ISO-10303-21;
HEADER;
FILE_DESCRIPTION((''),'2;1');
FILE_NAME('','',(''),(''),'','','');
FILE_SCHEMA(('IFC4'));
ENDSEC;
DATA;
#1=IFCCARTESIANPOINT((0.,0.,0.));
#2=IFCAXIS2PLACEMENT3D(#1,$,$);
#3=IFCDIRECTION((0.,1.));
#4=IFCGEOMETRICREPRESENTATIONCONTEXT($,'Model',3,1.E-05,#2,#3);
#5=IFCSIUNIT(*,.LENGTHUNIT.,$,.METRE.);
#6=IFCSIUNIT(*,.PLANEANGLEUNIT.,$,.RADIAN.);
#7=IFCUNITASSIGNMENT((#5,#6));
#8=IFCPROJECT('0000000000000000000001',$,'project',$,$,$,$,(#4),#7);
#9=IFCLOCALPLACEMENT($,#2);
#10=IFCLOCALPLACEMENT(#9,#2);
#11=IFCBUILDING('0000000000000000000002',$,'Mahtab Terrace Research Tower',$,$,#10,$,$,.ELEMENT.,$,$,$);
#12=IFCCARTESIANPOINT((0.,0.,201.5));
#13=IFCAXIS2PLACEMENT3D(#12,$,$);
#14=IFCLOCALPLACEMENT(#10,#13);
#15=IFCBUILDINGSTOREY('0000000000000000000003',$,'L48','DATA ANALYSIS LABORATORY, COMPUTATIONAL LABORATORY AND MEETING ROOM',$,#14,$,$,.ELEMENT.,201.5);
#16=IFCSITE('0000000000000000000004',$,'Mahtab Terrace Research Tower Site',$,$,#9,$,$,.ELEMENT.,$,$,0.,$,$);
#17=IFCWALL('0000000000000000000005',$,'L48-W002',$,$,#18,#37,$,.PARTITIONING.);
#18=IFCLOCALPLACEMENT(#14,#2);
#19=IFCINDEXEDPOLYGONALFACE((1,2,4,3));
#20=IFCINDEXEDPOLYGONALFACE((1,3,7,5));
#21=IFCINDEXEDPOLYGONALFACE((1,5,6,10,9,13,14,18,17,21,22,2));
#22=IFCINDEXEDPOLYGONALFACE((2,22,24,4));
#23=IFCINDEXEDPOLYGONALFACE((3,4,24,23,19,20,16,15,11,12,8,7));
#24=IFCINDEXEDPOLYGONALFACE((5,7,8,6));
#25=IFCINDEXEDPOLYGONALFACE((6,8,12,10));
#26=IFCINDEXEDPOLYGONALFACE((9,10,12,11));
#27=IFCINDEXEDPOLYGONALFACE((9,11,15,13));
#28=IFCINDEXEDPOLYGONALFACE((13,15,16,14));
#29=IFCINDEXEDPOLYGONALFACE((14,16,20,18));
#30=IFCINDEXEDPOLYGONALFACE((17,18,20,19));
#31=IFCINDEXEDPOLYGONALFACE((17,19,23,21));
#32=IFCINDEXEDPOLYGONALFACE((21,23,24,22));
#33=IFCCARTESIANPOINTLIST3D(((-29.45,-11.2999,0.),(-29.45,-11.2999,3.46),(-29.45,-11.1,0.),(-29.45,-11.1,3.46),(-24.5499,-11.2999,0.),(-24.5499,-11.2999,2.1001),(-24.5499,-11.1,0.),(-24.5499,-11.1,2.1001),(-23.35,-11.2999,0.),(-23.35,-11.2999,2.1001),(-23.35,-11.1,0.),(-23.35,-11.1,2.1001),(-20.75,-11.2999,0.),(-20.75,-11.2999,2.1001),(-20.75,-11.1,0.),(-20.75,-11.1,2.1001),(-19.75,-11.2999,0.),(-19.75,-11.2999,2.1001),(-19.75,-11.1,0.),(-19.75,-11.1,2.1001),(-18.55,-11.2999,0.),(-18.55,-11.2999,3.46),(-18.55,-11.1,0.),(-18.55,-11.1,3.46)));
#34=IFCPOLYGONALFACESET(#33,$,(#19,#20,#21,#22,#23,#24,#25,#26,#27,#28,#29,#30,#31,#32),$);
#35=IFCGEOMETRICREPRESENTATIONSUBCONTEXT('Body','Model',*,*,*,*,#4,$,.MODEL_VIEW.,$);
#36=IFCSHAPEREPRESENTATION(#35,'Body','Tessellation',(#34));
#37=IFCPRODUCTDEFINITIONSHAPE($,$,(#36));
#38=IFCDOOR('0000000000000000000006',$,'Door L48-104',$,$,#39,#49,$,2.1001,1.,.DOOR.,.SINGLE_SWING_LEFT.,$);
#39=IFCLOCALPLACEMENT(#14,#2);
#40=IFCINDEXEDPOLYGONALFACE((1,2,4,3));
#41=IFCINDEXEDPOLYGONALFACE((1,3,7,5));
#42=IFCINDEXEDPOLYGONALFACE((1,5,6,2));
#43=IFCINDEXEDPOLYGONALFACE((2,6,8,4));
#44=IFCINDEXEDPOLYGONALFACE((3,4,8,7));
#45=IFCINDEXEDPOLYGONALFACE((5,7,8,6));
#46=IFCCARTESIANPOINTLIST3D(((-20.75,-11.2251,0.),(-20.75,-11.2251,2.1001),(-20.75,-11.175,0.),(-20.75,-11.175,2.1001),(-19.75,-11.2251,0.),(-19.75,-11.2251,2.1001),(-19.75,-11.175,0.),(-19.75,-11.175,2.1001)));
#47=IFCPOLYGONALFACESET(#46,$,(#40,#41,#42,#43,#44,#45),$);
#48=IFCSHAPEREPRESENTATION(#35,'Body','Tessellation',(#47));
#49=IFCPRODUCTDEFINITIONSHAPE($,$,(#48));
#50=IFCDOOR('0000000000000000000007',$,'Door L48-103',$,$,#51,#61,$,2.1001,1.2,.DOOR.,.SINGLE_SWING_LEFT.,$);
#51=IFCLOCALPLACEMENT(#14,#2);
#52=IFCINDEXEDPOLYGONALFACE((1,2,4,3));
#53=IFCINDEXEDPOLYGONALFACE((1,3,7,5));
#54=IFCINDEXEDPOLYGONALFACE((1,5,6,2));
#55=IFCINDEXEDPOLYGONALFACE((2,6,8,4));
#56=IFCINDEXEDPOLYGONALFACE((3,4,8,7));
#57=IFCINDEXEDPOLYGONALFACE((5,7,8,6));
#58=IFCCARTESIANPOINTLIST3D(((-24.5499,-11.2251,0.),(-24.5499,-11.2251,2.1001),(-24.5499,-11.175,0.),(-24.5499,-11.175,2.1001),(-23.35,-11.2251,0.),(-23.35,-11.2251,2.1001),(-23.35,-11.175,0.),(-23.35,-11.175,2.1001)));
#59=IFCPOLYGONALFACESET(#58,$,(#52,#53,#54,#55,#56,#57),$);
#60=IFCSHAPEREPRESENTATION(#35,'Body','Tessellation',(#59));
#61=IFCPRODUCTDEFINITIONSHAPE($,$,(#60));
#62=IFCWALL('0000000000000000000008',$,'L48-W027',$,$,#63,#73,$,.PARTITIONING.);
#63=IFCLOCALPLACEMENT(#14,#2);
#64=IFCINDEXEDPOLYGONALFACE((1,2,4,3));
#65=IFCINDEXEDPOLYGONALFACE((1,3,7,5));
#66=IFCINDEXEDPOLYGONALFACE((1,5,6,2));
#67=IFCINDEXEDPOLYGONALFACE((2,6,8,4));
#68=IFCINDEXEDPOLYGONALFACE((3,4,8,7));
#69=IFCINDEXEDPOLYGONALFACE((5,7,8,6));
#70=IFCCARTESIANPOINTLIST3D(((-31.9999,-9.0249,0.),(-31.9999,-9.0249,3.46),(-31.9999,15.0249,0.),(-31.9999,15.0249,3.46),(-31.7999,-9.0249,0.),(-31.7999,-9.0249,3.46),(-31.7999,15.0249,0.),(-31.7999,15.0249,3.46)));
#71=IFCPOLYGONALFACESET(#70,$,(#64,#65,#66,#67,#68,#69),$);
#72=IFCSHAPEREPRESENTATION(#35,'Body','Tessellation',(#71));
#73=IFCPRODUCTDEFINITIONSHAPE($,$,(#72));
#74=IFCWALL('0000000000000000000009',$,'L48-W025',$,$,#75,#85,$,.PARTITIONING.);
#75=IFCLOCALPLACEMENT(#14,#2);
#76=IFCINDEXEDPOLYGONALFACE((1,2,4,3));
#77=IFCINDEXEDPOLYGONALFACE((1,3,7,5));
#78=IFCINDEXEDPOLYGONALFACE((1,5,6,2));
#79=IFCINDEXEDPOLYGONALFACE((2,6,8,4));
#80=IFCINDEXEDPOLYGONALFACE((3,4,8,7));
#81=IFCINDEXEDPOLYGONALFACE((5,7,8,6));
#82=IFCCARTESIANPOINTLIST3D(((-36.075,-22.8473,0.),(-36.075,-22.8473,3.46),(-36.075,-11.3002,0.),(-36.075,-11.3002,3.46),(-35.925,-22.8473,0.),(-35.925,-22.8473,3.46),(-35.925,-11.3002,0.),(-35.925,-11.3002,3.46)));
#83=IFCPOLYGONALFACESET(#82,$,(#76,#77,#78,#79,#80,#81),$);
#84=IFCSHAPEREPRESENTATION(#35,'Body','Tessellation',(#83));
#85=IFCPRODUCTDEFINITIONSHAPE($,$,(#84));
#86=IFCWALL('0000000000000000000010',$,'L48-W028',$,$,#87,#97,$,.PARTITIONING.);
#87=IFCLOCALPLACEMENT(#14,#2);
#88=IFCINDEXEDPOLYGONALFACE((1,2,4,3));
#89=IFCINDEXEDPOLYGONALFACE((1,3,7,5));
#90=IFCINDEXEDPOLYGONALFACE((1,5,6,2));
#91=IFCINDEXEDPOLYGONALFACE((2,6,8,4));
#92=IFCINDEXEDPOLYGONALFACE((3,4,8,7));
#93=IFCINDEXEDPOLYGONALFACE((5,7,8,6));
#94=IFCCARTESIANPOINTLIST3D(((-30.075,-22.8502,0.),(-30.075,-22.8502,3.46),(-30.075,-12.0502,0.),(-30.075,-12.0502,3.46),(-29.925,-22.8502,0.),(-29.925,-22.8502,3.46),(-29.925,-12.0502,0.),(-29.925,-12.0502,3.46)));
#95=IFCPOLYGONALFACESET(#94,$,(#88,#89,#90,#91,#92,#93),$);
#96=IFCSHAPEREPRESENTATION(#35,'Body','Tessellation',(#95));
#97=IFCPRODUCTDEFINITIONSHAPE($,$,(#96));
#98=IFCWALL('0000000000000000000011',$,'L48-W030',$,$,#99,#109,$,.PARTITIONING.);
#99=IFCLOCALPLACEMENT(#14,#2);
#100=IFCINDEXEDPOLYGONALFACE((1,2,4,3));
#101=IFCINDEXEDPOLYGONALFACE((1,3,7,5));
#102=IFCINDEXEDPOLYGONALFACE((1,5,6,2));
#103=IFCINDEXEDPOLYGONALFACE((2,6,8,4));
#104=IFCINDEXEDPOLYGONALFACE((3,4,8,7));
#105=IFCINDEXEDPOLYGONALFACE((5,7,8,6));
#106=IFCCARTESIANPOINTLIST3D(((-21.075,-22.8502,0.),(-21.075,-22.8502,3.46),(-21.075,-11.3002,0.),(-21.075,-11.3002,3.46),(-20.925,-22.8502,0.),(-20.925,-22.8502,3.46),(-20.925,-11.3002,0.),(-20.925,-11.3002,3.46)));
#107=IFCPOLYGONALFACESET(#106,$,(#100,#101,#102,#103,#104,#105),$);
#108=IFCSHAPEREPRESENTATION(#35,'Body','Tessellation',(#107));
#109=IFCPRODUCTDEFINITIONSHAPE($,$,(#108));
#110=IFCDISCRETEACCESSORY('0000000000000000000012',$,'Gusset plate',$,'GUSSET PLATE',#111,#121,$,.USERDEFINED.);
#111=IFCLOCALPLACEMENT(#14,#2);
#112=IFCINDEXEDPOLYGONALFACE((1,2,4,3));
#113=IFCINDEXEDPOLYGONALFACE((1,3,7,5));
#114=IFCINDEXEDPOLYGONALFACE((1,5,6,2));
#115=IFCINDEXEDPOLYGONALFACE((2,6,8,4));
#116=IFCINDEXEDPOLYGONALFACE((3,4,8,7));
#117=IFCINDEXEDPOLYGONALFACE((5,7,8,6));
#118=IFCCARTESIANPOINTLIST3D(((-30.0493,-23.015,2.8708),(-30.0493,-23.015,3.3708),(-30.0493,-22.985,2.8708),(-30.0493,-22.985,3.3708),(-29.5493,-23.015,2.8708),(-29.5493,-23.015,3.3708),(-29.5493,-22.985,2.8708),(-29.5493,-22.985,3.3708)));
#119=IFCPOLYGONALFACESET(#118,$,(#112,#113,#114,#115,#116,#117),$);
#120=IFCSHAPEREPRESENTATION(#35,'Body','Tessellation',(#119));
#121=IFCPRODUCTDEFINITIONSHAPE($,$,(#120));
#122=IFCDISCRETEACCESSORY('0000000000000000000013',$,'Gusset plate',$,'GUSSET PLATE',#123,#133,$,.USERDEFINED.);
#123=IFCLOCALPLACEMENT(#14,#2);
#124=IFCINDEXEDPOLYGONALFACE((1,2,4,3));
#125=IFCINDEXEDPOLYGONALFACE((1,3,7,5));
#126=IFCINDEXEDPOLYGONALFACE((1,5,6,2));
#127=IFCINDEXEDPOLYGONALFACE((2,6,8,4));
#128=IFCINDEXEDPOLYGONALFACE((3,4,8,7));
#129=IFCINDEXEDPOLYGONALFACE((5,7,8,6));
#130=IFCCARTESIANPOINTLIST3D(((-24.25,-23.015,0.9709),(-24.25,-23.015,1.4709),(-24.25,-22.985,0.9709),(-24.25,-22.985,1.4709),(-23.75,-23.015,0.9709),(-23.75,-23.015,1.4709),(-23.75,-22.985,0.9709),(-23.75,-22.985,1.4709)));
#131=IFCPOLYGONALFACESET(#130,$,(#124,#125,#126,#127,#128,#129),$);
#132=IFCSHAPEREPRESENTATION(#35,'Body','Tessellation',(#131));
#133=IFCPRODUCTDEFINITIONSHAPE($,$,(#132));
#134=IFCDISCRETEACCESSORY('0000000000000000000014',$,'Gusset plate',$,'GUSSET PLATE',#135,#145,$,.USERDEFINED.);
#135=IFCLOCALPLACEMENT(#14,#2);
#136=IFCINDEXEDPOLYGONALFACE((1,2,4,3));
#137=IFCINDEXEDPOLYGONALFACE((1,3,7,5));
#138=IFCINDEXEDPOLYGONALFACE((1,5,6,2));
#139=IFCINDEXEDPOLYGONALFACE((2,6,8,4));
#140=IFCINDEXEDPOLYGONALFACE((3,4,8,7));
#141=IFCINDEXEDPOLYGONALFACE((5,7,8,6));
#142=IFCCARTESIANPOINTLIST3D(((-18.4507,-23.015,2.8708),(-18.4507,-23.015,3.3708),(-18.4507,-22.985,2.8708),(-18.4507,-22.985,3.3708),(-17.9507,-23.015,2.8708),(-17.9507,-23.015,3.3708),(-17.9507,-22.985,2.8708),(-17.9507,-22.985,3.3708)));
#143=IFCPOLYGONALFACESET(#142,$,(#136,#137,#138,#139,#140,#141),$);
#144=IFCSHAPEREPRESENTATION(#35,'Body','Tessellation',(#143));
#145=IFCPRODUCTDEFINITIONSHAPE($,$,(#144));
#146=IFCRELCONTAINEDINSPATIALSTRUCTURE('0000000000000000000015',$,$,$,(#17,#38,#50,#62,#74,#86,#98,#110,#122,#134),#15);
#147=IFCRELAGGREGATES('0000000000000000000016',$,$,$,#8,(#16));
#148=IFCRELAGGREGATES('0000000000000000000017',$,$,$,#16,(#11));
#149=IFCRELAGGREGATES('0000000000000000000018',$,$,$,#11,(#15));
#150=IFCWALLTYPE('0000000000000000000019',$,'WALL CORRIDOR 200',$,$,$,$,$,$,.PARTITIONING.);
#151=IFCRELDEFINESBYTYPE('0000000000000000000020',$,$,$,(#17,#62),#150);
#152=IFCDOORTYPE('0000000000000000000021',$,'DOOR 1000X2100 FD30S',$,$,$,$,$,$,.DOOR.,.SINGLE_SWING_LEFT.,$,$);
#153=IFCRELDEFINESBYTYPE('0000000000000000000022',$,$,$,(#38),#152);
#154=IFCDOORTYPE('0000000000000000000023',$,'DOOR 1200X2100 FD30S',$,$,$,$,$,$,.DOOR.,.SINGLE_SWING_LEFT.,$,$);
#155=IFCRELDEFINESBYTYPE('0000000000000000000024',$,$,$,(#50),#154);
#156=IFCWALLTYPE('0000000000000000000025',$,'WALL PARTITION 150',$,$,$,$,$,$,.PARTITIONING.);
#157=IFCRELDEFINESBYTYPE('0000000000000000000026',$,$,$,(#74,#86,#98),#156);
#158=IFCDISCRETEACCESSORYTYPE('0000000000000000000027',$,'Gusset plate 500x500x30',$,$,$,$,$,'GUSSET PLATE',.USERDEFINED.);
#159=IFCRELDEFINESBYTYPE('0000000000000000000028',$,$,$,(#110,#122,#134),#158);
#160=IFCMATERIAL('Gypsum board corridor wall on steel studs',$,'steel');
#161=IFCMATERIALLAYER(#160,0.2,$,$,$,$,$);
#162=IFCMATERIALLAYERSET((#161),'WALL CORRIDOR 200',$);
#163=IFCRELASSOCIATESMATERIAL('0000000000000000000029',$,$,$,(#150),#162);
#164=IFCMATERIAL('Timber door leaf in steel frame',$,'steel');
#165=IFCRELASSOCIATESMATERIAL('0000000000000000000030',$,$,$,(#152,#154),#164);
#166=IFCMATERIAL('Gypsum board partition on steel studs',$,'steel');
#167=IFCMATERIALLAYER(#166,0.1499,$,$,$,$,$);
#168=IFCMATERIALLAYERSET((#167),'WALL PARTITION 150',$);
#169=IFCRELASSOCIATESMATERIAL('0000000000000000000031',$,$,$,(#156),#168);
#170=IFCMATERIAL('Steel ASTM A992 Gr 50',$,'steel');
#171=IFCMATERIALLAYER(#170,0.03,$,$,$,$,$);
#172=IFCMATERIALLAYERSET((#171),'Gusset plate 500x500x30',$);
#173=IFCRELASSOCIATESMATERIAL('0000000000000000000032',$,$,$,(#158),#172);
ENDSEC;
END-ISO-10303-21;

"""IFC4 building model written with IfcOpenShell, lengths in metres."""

from ifc_helpers import new_model, si_unit, direction, frame, frame_2d, origin, origin_2d, place, context, subcontext, project, spatial, rectangle, extrude, material, layer, layer_set, type_object, element, fill, save


model = new_model("IFC4")

# Units and contexts
model_context = context("Model", 3, precision=1e-05, world=origin(), true_north=direction((0.0, 1.0)))
body_context = subcontext(model_context, "Body", "Model", "MODEL_VIEW")
ifc_project = project(units=[si_unit("LENGTHUNIT", "METRE"), si_unit("PLANEANGLEUNIT", "RADIAN")], contexts=[model_context])

# Site, building, storey
site_placement = place(None, origin())
site = spatial("IfcSite", under=ifc_project, at=site_placement, Name="Mahtab Terrace Research Tower Site", CompositionType="ELEMENT", RefElevation=0.0)
building_placement = place(site_placement, origin())
building = spatial("IfcBuilding", under=site, at=building_placement, Name="Mahtab Terrace Research Tower", CompositionType="ELEMENT")
storey_placement = place(building_placement, frame((0.0, 0.0, 201.5)))
storey = spatial("IfcBuildingStorey", under=building, at=storey_placement, Name="L48", Description="DATA ANALYSIS LABORATORY, COMPUTATIONAL LABORATORY AND MEETING ROOM", CompositionType="ELEMENT", Elevation=201.5)

# Shared definitions
ifc_material_1 = material(Name="Steel ASTM A992 Gr 50", Category="steel")

# Wall, openings, doors
ifc_material_2 = material(Name="Gypsum board corridor wall on steel studs", Category="steel")
ifc_layer_1 = layer(ifc_material_2, 0.2)
ifc_layer_set_1 = layer_set([ifc_layer_1], Name="WALL CORRIDOR 200")
wall_type_1 = type_object("IfcWallType", Name="WALL CORRIDOR 200", PredefinedType="PARTITIONING", material=ifc_layer_set_1)
wall_1_placement = place(storey_placement, frame((-29.45, -11.2, 0.0), z_axis=(0.0, 0.0, 1.0), x_axis=(1.0, 0.0, 0.0)))
wall_1 = element("IfcWall", 1, at=wall_1_placement, inside=storey, type_object=wall_type_1, Name="L48-W002", PredefinedType="PARTITIONING", context=body_context, shape_type="SweptSolid", body=[
    extrude(rectangle(XDim=10.8999, YDim=0.2, at=frame_2d((5.45, 0.0))), origin(), (0.0, 0.0, 1.0), 3.46),
])
opening_1_placement = place(wall_1_placement, frame((4.8999, 0.0, 0.0)))
opening_1 = element("IfcOpeningElement", 2, at=opening_1_placement, cuts=wall_1, PredefinedType="OPENING", context=body_context, shape_type="SweptSolid", body=[
    extrude(rectangle(XDim=1.2, YDim=2.1001, at=frame_2d((0.6001, 1.05))), frame((0.0, 0.1099, 0.0), z_axis=(0.0, -1.0, 0.0), x_axis=(1.0, 0.0, 0.0)), (0.0, 0.0, 1.0), 0.22),
])
opening_2_placement = place(wall_1_placement, frame((8.7, 0.0, 0.0)))
opening_2 = element("IfcOpeningElement", 3, at=opening_2_placement, cuts=wall_1, PredefinedType="OPENING", context=body_context, shape_type="SweptSolid", body=[
    extrude(rectangle(XDim=1.0, YDim=2.1001, at=frame_2d((0.5, 1.05))), frame((0.0, 0.1099, 0.0), z_axis=(0.0, -1.0, 0.0), x_axis=(1.0, 0.0, 0.0)), (0.0, 0.0, 1.0), 0.22),
])
ifc_material_3 = material(Name="Timber door leaf in steel frame", Category="steel")
door_type_1 = type_object("IfcDoorType", Name="DOOR 1000X2100 FD30S", OperationType="SINGLE_SWING_LEFT", PredefinedType="DOOR", material=ifc_material_3)
door_1_placement = place(opening_2_placement, origin())
door_1 = element("IfcDoor", 4, at=door_1_placement, inside=storey, type_object=door_type_1, Name="Door L48-104", OperationType="SINGLE_SWING_LEFT", OverallHeight=2.1001, OverallWidth=1.0, PredefinedType="DOOR", context=body_context, shape_type="SweptSolid", body=[
    extrude(rectangle(XDim=1.0, YDim=2.1001, at=frame_2d((0.5, 1.05))), frame((0.0, 0.0249, 0.0), z_axis=(0.0, -1.0, 0.0), x_axis=(1.0, 0.0, 0.0)), (0.0, 0.0, 1.0), 0.05),
])
fill(opening_2, door_1)
door_type_2 = type_object("IfcDoorType", Name="DOOR 1200X2100 FD30S", OperationType="SINGLE_SWING_LEFT", PredefinedType="DOOR", material=ifc_material_3)
door_2_placement = place(opening_1_placement, origin())
door_2 = element("IfcDoor", 5, at=door_2_placement, inside=storey, type_object=door_type_2, Name="Door L48-103", OperationType="SINGLE_SWING_LEFT", OverallHeight=2.1001, OverallWidth=1.2, PredefinedType="DOOR", context=body_context, shape_type="SweptSolid", body=[
    extrude(rectangle(XDim=1.2, YDim=2.1001, at=frame_2d((0.6001, 1.05))), frame((0.0, 0.0249, 0.0), z_axis=(0.0, -1.0, 0.0), x_axis=(1.0, 0.0, 0.0)), (0.0, 0.0, 1.0), 0.05),
])
fill(opening_1, door_2)

# Walls
wall_2_placement = place(storey_placement, frame((-31.8999, -9.0249, 0.0), z_axis=(0.0, 0.0, 1.0), x_axis=(0.0, 1.0, 0.0)))
element("IfcWall", 6, at=wall_2_placement, inside=storey, type_object=wall_type_1, Name="L48-W027", PredefinedType="PARTITIONING", context=body_context, shape_type="SweptSolid", body=[
    extrude(rectangle(XDim=24.0498, YDim=0.2, at=frame_2d((12.0249, 0.0))), origin(), (0.0, 0.0, 1.0), 3.46),
])
ifc_material_4 = material(Name="Gypsum board partition on steel studs", Category="steel")
ifc_layer_2 = layer(ifc_material_4, 0.1499)
ifc_layer_set_2 = layer_set([ifc_layer_2], Name="WALL PARTITION 150")
wall_type_2 = type_object("IfcWallType", Name="WALL PARTITION 150", PredefinedType="PARTITIONING", material=ifc_layer_set_2)
wall_3_placement = place(storey_placement, frame((-36.0, -22.8472, 0.0), z_axis=(0.0, 0.0, 1.0), x_axis=(0.0, 1.0, 0.0)))
element("IfcWall", 7, at=wall_3_placement, inside=storey, type_object=wall_type_2, Name="L48-W025", PredefinedType="PARTITIONING", context=body_context, shape_type="SweptSolid", body=[
    extrude(rectangle(XDim=11.5471, YDim=0.1499, at=frame_2d((5.7734, 0.0))), origin(), (0.0, 0.0, 1.0), 3.46),
])
wall_4_placement = place(storey_placement, frame((-30.0, -22.8501, 0.0), z_axis=(0.0, 0.0, 1.0), x_axis=(0.0, 1.0, 0.0)))
element("IfcWall", 8, at=wall_4_placement, inside=storey, type_object=wall_type_2, Name="L48-W028", PredefinedType="PARTITIONING", context=body_context, shape_type="SweptSolid", body=[
    extrude(rectangle(XDim=10.8, YDim=0.1499, at=frame_2d((5.3999, 0.0))), origin(), (0.0, 0.0, 1.0), 3.46),
])
wall_5_placement = place(storey_placement, frame((-21.0, -22.8501, 0.0), z_axis=(0.0, 0.0, 1.0), x_axis=(0.0, 1.0, 0.0)))
element("IfcWall", 9, at=wall_5_placement, inside=storey, type_object=wall_type_2, Name="L48-W030", PredefinedType="PARTITIONING", context=body_context, shape_type="SweptSolid", body=[
    extrude(rectangle(XDim=11.55, YDim=0.1499, at=frame_2d((5.7749, 0.0))), origin(), (0.0, 0.0, 1.0), 3.46),
])

# Discrete accessories
ifc_layer_3 = layer(ifc_material_1, 0.03)
ifc_layer_set_3 = layer_set([ifc_layer_3], Name="Gusset plate 500x500x30")
discrete_accessory_type = type_object("IfcDiscreteAccessoryType", Name="Gusset plate 500x500x30", ElementType="GUSSET PLATE", PredefinedType="USERDEFINED", material=ifc_layer_set_3)
for number, where, z_axis, x_axis, name in (
    (10, (-29.7993, -23.0, 2.8708), (0.0, 0.0, 1.0), (1.0, 0.0, 0.0), "Gusset plate"),
    (11, (-24.0, -23.0, 0.9709), (0.0, 0.0, 1.0), (1.0, 0.0, 0.0), "Gusset plate"),
    (12, (-18.2007, -23.0, 2.8708), (0.0, 0.0, 1.0), (1.0, 0.0, 0.0), "Gusset plate"),
):
    element("IfcDiscreteAccessory", number, at=place(storey_placement, frame(where, z_axis=z_axis, x_axis=x_axis)), inside=storey, type_object=discrete_accessory_type, Name=name, ObjectType="GUSSET PLATE", PredefinedType="USERDEFINED", context=body_context, shape_type="SweptSolid", body=[
        extrude(rectangle(XDim=0.5, YDim=0.03, at=origin_2d()), origin(), (0.0, 0.0, 1.0), 0.5),
    ])

save(model, "model.ifc")
